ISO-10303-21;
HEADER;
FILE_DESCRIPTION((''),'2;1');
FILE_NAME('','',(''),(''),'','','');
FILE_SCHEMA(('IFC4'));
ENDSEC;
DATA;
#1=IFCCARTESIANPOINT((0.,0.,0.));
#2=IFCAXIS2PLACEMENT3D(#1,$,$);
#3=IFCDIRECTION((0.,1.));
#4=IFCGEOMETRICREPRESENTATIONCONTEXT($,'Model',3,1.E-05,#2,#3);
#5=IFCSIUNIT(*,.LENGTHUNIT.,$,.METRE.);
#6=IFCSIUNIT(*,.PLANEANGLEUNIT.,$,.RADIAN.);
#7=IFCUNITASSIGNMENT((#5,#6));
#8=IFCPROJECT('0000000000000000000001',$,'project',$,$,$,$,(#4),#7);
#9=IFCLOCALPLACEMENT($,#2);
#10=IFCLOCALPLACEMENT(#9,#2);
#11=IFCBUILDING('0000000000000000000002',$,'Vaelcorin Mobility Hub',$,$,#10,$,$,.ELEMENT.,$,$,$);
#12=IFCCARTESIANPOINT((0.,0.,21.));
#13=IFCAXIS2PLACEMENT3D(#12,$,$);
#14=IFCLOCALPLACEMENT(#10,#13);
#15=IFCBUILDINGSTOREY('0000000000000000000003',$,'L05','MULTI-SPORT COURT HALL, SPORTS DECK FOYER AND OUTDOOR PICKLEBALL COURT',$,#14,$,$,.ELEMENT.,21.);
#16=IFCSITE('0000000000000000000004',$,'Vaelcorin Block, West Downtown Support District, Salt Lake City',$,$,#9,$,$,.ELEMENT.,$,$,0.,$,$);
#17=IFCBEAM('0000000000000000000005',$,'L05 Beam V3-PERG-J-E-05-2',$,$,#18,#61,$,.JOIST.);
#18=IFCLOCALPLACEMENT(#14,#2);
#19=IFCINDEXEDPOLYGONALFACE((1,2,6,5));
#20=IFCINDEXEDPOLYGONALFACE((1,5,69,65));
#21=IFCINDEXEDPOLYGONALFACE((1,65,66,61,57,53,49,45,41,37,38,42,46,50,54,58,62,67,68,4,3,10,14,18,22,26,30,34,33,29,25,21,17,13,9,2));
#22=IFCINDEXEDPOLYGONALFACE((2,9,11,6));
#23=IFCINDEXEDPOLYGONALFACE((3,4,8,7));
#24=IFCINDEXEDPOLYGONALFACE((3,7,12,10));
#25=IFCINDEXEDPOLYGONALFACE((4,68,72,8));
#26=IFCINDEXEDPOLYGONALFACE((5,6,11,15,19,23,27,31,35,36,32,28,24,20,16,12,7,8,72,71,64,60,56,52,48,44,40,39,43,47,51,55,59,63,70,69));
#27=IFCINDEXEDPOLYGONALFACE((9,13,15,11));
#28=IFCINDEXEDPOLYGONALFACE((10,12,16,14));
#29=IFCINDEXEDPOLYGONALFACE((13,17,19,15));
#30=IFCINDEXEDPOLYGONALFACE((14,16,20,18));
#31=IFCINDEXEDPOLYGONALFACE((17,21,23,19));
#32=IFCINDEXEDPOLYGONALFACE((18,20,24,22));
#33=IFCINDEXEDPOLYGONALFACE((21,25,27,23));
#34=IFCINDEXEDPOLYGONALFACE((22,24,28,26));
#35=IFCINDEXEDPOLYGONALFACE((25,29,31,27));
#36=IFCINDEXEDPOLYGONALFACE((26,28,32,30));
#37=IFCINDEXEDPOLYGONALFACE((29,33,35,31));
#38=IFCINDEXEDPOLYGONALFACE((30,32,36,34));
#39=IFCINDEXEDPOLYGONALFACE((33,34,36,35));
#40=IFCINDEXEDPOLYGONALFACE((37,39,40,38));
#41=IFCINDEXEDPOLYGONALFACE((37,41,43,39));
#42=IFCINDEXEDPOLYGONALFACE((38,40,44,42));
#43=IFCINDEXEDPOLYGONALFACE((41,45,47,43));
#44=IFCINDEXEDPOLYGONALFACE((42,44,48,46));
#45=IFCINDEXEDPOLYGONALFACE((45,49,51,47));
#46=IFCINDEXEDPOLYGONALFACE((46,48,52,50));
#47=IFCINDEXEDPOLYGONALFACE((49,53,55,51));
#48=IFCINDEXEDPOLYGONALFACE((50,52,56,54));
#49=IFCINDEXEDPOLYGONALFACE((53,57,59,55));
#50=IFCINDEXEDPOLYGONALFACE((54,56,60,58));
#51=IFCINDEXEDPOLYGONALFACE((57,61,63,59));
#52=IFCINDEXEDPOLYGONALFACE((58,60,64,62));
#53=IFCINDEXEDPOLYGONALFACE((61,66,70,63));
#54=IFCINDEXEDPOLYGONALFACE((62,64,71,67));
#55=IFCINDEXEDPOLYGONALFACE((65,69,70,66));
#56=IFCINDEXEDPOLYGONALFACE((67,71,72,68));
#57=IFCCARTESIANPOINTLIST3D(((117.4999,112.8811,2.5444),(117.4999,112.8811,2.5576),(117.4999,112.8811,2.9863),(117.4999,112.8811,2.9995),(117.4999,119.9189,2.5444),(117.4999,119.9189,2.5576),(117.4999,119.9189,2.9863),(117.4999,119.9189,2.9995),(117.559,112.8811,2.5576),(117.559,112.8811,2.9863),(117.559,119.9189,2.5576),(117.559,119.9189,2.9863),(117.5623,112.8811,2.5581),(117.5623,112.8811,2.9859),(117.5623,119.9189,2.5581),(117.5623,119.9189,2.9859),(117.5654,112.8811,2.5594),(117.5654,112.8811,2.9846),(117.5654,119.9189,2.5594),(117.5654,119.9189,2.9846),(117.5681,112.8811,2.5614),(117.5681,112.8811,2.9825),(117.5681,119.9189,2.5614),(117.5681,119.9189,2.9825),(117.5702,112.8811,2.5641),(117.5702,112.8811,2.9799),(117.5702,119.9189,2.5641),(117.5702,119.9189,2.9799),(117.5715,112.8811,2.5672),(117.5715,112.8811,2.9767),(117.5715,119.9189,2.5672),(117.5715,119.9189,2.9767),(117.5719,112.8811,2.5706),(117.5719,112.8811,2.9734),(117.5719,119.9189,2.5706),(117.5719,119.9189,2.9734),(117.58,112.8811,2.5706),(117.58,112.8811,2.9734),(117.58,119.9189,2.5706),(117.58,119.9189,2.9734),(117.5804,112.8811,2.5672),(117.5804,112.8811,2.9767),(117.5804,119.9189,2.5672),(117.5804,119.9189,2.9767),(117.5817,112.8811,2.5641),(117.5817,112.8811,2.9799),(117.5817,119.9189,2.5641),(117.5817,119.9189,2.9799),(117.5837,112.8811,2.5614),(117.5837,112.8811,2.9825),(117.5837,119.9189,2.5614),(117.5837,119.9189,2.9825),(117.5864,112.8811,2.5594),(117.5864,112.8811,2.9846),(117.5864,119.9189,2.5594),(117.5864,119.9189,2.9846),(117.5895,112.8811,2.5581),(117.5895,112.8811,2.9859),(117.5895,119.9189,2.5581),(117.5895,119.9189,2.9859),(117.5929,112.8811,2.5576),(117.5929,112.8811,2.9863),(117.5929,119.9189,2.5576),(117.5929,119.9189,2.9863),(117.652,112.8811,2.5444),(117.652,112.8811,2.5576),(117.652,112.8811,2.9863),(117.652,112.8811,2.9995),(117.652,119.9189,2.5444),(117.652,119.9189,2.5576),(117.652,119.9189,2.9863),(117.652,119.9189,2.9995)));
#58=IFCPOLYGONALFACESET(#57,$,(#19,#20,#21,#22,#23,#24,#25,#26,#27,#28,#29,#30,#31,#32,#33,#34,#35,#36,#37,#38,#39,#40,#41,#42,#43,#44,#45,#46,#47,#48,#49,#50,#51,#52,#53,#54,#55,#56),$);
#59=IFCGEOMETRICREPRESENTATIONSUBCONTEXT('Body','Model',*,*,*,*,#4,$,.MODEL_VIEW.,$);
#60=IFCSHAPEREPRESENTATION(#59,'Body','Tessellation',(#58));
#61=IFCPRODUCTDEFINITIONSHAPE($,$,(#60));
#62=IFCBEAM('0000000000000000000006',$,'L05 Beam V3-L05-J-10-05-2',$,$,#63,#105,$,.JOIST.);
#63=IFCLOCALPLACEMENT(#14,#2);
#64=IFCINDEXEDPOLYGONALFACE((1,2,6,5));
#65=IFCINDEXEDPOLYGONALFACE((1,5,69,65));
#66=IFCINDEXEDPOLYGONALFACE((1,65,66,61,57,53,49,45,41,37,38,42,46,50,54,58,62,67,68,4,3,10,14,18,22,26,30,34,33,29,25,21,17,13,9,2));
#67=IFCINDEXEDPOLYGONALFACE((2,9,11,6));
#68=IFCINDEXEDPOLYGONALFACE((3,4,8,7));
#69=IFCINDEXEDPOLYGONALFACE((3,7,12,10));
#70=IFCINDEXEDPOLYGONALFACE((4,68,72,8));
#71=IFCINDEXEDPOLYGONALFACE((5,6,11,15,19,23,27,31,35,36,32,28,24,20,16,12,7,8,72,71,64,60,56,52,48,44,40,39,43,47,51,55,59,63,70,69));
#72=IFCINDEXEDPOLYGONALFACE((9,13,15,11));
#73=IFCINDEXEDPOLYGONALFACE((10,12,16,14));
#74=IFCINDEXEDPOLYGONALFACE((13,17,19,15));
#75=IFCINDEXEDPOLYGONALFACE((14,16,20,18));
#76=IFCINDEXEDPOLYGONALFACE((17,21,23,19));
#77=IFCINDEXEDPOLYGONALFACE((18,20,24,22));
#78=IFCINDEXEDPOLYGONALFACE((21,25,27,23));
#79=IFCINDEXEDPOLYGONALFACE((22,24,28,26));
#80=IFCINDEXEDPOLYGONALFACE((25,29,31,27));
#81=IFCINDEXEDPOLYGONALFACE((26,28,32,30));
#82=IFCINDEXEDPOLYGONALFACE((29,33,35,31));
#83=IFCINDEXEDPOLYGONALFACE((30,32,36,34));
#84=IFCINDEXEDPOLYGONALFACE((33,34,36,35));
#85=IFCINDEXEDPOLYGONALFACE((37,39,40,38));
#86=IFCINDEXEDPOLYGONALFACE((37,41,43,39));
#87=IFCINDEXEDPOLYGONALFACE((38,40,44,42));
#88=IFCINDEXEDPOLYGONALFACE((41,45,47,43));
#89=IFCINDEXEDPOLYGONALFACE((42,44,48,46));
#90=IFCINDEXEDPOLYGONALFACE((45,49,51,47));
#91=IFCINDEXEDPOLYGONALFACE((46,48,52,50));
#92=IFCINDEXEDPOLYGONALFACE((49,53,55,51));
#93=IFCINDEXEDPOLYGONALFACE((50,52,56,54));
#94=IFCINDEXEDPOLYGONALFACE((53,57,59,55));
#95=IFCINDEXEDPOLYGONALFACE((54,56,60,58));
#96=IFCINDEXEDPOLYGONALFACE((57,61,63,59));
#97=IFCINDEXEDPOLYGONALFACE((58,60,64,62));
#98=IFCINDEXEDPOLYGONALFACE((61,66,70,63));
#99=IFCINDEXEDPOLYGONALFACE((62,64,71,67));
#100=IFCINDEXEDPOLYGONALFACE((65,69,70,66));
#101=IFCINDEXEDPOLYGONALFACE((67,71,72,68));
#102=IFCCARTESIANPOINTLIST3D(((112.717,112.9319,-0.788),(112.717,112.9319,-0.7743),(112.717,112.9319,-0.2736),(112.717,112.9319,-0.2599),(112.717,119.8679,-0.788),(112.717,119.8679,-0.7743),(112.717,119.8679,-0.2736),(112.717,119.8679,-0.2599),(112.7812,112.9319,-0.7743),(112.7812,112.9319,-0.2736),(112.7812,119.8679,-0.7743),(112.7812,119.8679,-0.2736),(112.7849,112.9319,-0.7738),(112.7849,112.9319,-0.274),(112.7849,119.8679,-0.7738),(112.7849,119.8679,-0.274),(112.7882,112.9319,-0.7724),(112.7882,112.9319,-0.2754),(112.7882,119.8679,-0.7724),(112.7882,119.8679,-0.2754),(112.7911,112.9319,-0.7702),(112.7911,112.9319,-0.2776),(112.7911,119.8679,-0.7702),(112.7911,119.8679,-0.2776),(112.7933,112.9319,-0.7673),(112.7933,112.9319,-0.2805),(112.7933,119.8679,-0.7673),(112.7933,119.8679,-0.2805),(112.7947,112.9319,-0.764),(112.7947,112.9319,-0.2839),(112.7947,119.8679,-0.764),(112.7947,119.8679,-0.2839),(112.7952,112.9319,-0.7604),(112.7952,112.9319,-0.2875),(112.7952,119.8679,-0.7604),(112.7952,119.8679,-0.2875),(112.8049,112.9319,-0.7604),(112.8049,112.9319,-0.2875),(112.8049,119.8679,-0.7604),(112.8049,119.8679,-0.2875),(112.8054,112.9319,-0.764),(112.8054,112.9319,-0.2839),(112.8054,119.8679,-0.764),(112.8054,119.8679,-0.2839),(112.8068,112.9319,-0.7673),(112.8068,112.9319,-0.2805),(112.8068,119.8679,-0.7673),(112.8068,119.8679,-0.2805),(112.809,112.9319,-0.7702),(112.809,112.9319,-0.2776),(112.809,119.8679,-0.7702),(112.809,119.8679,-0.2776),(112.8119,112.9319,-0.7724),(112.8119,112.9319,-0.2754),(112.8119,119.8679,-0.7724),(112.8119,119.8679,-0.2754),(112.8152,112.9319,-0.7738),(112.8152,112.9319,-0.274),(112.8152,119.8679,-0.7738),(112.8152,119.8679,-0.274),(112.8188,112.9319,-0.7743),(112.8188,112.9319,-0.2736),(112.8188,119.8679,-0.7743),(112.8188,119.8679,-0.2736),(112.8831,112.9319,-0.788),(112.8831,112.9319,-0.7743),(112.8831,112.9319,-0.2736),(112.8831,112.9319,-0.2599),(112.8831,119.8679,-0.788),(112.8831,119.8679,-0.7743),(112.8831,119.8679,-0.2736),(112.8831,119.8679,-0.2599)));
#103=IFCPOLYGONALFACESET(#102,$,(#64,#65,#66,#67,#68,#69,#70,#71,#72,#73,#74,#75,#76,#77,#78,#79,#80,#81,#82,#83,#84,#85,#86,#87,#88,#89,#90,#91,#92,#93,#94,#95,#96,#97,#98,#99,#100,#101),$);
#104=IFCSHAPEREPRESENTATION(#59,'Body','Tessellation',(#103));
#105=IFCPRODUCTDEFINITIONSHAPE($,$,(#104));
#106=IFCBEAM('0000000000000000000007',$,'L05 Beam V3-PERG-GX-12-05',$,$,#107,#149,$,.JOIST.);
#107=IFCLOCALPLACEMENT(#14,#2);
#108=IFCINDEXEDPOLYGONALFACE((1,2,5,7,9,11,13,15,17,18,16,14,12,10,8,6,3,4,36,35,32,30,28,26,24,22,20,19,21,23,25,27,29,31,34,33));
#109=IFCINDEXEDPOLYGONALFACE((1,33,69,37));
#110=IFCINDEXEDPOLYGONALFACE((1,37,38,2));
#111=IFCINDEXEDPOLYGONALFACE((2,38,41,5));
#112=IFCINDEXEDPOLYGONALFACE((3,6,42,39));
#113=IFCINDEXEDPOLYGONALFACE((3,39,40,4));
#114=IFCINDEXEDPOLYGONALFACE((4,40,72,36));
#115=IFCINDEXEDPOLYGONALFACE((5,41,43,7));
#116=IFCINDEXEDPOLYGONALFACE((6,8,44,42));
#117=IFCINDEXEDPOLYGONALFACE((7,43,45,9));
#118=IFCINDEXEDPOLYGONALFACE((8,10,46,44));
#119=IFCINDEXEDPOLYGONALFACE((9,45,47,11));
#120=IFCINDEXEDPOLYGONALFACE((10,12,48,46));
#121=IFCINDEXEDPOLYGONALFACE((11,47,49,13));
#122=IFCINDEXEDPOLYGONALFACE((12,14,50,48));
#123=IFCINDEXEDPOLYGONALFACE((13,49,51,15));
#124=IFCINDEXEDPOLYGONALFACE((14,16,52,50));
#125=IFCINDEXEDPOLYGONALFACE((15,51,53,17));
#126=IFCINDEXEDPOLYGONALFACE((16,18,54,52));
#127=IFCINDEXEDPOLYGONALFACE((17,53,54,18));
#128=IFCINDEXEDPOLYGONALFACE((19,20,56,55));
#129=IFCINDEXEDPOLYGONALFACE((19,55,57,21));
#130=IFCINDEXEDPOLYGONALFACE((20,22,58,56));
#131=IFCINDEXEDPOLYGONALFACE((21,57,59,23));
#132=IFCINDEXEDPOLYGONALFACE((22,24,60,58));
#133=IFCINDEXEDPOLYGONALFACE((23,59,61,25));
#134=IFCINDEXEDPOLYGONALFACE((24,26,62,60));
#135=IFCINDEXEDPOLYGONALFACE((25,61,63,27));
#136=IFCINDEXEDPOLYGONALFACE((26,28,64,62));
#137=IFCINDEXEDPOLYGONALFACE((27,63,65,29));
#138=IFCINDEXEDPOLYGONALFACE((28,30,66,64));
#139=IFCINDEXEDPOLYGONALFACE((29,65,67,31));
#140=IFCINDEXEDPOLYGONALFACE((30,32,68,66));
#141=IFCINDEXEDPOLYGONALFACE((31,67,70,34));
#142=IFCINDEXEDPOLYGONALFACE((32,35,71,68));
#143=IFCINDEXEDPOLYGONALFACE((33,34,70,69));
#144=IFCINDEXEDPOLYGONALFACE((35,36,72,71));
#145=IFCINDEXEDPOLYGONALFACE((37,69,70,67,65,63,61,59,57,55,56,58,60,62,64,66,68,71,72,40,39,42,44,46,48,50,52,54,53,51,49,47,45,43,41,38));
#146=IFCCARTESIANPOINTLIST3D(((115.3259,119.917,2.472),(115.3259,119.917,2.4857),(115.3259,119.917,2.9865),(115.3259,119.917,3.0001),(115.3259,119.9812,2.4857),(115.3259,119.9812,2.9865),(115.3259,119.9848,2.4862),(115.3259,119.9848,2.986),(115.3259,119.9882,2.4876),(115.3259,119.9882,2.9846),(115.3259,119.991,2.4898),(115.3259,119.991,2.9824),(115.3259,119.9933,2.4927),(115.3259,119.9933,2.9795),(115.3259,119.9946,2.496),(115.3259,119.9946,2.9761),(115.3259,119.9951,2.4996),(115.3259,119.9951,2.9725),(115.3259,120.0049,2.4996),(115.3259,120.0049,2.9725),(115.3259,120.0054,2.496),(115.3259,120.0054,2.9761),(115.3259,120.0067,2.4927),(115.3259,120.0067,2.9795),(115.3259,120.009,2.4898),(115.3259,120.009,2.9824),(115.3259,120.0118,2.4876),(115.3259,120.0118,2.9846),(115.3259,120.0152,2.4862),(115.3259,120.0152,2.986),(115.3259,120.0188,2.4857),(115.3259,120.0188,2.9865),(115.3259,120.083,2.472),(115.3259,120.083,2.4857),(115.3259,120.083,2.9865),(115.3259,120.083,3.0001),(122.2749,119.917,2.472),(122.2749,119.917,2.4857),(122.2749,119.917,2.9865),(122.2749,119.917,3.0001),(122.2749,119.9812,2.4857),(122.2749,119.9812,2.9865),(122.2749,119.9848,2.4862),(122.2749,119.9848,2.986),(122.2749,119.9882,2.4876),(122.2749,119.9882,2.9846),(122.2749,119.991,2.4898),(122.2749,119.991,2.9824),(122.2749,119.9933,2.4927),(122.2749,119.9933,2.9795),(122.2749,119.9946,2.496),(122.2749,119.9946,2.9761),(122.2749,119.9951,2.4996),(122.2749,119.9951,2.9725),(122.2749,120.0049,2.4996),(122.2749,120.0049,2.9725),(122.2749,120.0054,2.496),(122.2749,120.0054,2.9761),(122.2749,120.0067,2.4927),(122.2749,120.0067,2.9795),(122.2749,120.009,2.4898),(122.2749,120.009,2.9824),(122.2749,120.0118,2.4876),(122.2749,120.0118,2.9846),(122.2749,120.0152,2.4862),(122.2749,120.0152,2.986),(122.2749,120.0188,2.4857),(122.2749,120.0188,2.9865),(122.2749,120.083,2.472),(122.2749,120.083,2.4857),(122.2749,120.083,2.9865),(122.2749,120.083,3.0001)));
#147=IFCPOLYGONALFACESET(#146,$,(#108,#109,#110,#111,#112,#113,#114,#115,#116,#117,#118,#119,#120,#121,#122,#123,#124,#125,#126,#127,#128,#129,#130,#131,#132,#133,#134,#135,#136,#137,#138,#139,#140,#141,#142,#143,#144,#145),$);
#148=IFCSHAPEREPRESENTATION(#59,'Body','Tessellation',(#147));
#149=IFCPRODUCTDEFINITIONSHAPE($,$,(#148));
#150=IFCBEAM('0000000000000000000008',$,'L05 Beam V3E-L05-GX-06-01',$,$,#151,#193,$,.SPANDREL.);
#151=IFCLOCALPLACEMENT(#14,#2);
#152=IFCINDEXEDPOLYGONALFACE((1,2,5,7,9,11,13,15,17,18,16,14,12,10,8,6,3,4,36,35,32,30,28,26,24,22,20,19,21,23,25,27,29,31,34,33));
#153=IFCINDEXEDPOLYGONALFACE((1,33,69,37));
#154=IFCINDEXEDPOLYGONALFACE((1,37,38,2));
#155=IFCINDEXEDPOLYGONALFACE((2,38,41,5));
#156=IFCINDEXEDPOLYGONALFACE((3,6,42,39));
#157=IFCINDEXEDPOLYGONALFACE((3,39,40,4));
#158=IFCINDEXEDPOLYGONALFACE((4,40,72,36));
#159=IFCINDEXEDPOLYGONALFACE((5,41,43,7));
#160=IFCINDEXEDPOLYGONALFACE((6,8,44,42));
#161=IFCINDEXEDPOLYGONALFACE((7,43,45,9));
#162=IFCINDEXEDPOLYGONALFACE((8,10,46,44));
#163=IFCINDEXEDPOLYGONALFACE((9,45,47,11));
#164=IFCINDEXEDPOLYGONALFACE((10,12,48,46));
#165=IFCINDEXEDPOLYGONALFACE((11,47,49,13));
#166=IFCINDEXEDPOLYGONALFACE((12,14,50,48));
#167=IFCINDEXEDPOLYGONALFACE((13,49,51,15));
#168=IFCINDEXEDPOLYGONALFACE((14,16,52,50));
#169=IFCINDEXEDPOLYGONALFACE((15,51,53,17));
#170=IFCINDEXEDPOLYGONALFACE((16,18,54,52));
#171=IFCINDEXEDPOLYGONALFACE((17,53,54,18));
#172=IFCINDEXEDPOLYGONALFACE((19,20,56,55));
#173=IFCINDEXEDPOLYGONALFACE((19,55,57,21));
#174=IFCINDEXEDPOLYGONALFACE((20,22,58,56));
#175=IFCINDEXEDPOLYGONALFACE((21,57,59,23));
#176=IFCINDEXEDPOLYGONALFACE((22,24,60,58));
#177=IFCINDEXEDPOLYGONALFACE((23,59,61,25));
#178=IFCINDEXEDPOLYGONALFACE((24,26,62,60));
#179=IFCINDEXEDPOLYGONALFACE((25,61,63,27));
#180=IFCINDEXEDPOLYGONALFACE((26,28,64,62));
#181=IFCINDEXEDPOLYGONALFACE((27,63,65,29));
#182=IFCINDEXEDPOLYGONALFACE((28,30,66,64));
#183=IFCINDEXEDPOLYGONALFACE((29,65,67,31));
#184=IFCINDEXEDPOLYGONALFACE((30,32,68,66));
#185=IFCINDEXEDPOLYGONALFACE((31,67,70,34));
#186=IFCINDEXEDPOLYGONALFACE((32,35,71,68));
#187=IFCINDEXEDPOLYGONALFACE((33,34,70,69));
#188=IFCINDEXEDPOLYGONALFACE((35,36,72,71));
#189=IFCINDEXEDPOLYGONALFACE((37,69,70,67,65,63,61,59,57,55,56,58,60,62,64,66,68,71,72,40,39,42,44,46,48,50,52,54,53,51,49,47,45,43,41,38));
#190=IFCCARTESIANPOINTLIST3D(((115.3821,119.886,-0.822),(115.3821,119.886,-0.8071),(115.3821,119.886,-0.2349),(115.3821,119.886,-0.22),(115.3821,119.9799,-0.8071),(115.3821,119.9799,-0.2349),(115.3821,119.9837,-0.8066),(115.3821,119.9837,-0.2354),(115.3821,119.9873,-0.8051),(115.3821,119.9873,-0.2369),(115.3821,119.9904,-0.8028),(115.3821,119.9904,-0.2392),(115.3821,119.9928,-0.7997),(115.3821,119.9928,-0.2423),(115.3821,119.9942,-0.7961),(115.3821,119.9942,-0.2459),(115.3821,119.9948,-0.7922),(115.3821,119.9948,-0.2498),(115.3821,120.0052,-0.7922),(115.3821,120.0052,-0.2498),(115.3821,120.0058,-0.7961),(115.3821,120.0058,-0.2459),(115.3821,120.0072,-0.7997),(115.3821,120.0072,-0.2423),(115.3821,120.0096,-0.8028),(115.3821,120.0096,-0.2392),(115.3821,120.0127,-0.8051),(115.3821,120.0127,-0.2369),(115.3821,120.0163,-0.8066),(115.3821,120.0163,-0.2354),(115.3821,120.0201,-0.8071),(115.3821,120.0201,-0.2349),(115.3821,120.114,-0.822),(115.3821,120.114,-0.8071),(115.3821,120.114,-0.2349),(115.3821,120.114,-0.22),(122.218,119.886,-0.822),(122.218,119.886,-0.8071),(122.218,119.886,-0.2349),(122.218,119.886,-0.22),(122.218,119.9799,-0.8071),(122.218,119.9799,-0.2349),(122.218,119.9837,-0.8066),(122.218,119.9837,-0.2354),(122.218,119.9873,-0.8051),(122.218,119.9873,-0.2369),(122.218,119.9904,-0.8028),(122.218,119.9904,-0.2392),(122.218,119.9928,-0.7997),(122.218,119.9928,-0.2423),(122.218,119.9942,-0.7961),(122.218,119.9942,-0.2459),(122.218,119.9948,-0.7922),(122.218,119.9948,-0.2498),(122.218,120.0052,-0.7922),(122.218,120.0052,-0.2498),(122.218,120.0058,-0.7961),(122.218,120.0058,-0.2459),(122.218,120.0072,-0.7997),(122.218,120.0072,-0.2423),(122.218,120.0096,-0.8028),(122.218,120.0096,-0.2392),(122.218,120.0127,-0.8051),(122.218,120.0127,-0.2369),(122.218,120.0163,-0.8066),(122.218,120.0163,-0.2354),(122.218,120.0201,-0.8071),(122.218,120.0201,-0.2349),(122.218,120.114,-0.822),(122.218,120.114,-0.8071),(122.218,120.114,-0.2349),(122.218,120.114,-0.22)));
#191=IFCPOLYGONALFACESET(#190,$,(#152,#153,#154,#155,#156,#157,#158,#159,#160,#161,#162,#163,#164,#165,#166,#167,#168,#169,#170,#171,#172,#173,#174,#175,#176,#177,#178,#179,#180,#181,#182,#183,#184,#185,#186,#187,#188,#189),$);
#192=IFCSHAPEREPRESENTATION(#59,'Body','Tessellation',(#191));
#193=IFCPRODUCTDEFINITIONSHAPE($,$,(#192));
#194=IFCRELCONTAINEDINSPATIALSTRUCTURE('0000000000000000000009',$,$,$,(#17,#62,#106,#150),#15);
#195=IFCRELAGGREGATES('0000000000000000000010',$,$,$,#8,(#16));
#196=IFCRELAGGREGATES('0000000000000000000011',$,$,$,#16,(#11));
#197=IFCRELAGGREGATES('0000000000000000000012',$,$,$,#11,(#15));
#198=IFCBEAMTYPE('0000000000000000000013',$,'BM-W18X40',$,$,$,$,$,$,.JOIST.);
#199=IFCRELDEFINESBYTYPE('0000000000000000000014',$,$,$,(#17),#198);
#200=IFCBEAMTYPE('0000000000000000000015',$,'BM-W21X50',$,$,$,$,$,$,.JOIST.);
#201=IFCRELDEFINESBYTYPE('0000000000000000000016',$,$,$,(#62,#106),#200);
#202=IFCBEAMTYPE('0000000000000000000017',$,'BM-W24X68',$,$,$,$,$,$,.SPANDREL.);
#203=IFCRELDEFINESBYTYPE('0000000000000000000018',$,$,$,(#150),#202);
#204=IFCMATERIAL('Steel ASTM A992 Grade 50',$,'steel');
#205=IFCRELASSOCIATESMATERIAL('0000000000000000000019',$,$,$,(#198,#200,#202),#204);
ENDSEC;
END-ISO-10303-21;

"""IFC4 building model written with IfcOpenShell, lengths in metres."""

from ifc_helpers import new_model, si_unit, direction, frame, origin, origin_2d, place, context, subcontext, project, spatial, i_section, extrude, material, material_profile, profile_set, type_object, element, save


model = new_model("IFC4")

# Units and contexts
model_context = context("Model", 3, precision=1e-05, world=origin(), true_north=direction((0.0, 1.0)))
body_context = subcontext(model_context, "Body", "Model", "MODEL_VIEW")
ifc_project = project(units=[si_unit("LENGTHUNIT", "METRE"), si_unit("PLANEANGLEUNIT", "RADIAN")], contexts=[model_context])

# Site, building, storey
site_placement = place(None, origin())
site = spatial("IfcSite", under=ifc_project, at=site_placement, Name="Vaelcorin Block, West Downtown Support District, Salt Lake City", CompositionType="ELEMENT", RefElevation=0.0)
building_placement = place(site_placement, origin())
building = spatial("IfcBuilding", under=site, at=building_placement, Name="Vaelcorin Mobility Hub", CompositionType="ELEMENT")
storey_placement = place(building_placement, frame((0.0, 0.0, 21.0)))
storey = spatial("IfcBuildingStorey", under=building, at=storey_placement, Name="L05", Description="MULTI-SPORT COURT HALL, SPORTS DECK FOYER AND OUTDOOR PICKLEBALL COURT", CompositionType="ELEMENT", Elevation=21.0)

# Shared definitions
ifc_material_1 = material(Name="Steel ASTM A992 Grade 50", Category="steel")

# Beams
ifc_material_profile_1 = material_profile(ifc_material_1, i_section(OverallWidth=0.1521, OverallDepth=0.4551, WebThickness=0.0081, FlangeThickness=0.0132, FilletRadius=0.0129, at=origin_2d()), Name="W18X40")
ifc_profile_set_1 = profile_set([ifc_material_profile_1], Name="Steel ASTM A992 Grade 50")
beam_type_1 = type_object("IfcBeamType", Name="BM-W18X40", PredefinedType="JOIST", material=ifc_profile_set_1)
for number, where, z_axis, x_axis, name in (
    (1, (117.5759, 112.8811, 2.772), (0.0, 1.0, 0.0), (-1.0, 0.0, 0.0), "L05 Beam V3-PERG-J-E-05-2"),
):
    element("IfcBeam", number, at=place(storey_placement, frame(where, z_axis=z_axis, x_axis=x_axis)), inside=storey, type_object=beam_type_1, Name=name, PredefinedType="JOIST", context=body_context, shape_type="SweptSolid", body=[
        extrude(i_section(OverallWidth=0.1521, OverallDepth=0.4551, WebThickness=0.0081, FlangeThickness=0.0132, FilletRadius=0.0129, at=origin_2d()), origin(), (0.0, 0.0, 1.0), 7.0378),
    ])
ifc_material_profile_2 = material_profile(ifc_material_1, i_section(OverallWidth=0.166, OverallDepth=0.5281, WebThickness=0.0098, FlangeThickness=0.0137, FilletRadius=0.0139, at=origin_2d()), Name="W21X50")
ifc_profile_set_2 = profile_set([ifc_material_profile_2], Name="Steel ASTM A992 Grade 50")
beam_type_2 = type_object("IfcBeamType", Name="BM-W21X50", PredefinedType="JOIST", material=ifc_profile_set_2)
beam_1_placement = place(storey_placement, frame((112.8, 112.9319, -0.5239), z_axis=(0.0, 1.0, 0.0), x_axis=(-1.0, 0.0, 0.0)))
element("IfcBeam", 2, at=beam_1_placement, inside=storey, type_object=beam_type_2, Name="L05 Beam V3-L05-J-10-05-2", PredefinedType="JOIST", context=body_context, shape_type="SweptSolid", body=[
    extrude(i_section(OverallWidth=0.166, OverallDepth=0.5281, WebThickness=0.0098, FlangeThickness=0.0137, FilletRadius=0.0139, at=origin_2d()), origin(), (0.0, 0.0, 1.0), 6.936),
])
beam_2_placement = place(storey_placement, frame((115.3259, 120.0, 2.7361), z_axis=(1.0, 0.0, 0.0), x_axis=(0.0, 1.0, 0.0)))
element("IfcBeam", 3, at=beam_2_placement, inside=storey, type_object=beam_type_2, Name="L05 Beam V3-PERG-GX-12-05", PredefinedType="JOIST", context=body_context, shape_type="SweptSolid", body=[
    extrude(i_section(OverallWidth=0.166, OverallDepth=0.5281, WebThickness=0.0098, FlangeThickness=0.0137, FilletRadius=0.0139, at=origin_2d()), origin(), (0.0, 0.0, 1.0), 6.949),
])
ifc_material_profile_3 = material_profile(ifc_material_1, i_section(OverallWidth=0.228, OverallDepth=0.6021, WebThickness=0.0105, FlangeThickness=0.0149, FilletRadius=0.0149, at=origin_2d()), Name="W24X68")
ifc_profile_set_3 = profile_set([ifc_material_profile_3], Name="Steel ASTM A992 Grade 50")
beam_type_3 = type_object("IfcBeamType", Name="BM-W24X68", PredefinedType="SPANDREL", material=ifc_profile_set_3)
beam_3_placement = place(storey_placement, frame((115.3821, 120.0, -0.521), z_axis=(1.0, 0.0, 0.0), x_axis=(0.0, 1.0, 0.0)))
element("IfcBeam", 4, at=beam_3_placement, inside=storey, type_object=beam_type_3, Name="L05 Beam V3E-L05-GX-06-01", PredefinedType="SPANDREL", context=body_context, shape_type="SweptSolid", body=[
    extrude(i_section(OverallWidth=0.228, OverallDepth=0.6021, WebThickness=0.0105, FlangeThickness=0.0149, FilletRadius=0.0149, at=origin_2d()), origin(), (0.0, 0.0, 1.0), 6.8359),
])

save(model, "model.ifc")
